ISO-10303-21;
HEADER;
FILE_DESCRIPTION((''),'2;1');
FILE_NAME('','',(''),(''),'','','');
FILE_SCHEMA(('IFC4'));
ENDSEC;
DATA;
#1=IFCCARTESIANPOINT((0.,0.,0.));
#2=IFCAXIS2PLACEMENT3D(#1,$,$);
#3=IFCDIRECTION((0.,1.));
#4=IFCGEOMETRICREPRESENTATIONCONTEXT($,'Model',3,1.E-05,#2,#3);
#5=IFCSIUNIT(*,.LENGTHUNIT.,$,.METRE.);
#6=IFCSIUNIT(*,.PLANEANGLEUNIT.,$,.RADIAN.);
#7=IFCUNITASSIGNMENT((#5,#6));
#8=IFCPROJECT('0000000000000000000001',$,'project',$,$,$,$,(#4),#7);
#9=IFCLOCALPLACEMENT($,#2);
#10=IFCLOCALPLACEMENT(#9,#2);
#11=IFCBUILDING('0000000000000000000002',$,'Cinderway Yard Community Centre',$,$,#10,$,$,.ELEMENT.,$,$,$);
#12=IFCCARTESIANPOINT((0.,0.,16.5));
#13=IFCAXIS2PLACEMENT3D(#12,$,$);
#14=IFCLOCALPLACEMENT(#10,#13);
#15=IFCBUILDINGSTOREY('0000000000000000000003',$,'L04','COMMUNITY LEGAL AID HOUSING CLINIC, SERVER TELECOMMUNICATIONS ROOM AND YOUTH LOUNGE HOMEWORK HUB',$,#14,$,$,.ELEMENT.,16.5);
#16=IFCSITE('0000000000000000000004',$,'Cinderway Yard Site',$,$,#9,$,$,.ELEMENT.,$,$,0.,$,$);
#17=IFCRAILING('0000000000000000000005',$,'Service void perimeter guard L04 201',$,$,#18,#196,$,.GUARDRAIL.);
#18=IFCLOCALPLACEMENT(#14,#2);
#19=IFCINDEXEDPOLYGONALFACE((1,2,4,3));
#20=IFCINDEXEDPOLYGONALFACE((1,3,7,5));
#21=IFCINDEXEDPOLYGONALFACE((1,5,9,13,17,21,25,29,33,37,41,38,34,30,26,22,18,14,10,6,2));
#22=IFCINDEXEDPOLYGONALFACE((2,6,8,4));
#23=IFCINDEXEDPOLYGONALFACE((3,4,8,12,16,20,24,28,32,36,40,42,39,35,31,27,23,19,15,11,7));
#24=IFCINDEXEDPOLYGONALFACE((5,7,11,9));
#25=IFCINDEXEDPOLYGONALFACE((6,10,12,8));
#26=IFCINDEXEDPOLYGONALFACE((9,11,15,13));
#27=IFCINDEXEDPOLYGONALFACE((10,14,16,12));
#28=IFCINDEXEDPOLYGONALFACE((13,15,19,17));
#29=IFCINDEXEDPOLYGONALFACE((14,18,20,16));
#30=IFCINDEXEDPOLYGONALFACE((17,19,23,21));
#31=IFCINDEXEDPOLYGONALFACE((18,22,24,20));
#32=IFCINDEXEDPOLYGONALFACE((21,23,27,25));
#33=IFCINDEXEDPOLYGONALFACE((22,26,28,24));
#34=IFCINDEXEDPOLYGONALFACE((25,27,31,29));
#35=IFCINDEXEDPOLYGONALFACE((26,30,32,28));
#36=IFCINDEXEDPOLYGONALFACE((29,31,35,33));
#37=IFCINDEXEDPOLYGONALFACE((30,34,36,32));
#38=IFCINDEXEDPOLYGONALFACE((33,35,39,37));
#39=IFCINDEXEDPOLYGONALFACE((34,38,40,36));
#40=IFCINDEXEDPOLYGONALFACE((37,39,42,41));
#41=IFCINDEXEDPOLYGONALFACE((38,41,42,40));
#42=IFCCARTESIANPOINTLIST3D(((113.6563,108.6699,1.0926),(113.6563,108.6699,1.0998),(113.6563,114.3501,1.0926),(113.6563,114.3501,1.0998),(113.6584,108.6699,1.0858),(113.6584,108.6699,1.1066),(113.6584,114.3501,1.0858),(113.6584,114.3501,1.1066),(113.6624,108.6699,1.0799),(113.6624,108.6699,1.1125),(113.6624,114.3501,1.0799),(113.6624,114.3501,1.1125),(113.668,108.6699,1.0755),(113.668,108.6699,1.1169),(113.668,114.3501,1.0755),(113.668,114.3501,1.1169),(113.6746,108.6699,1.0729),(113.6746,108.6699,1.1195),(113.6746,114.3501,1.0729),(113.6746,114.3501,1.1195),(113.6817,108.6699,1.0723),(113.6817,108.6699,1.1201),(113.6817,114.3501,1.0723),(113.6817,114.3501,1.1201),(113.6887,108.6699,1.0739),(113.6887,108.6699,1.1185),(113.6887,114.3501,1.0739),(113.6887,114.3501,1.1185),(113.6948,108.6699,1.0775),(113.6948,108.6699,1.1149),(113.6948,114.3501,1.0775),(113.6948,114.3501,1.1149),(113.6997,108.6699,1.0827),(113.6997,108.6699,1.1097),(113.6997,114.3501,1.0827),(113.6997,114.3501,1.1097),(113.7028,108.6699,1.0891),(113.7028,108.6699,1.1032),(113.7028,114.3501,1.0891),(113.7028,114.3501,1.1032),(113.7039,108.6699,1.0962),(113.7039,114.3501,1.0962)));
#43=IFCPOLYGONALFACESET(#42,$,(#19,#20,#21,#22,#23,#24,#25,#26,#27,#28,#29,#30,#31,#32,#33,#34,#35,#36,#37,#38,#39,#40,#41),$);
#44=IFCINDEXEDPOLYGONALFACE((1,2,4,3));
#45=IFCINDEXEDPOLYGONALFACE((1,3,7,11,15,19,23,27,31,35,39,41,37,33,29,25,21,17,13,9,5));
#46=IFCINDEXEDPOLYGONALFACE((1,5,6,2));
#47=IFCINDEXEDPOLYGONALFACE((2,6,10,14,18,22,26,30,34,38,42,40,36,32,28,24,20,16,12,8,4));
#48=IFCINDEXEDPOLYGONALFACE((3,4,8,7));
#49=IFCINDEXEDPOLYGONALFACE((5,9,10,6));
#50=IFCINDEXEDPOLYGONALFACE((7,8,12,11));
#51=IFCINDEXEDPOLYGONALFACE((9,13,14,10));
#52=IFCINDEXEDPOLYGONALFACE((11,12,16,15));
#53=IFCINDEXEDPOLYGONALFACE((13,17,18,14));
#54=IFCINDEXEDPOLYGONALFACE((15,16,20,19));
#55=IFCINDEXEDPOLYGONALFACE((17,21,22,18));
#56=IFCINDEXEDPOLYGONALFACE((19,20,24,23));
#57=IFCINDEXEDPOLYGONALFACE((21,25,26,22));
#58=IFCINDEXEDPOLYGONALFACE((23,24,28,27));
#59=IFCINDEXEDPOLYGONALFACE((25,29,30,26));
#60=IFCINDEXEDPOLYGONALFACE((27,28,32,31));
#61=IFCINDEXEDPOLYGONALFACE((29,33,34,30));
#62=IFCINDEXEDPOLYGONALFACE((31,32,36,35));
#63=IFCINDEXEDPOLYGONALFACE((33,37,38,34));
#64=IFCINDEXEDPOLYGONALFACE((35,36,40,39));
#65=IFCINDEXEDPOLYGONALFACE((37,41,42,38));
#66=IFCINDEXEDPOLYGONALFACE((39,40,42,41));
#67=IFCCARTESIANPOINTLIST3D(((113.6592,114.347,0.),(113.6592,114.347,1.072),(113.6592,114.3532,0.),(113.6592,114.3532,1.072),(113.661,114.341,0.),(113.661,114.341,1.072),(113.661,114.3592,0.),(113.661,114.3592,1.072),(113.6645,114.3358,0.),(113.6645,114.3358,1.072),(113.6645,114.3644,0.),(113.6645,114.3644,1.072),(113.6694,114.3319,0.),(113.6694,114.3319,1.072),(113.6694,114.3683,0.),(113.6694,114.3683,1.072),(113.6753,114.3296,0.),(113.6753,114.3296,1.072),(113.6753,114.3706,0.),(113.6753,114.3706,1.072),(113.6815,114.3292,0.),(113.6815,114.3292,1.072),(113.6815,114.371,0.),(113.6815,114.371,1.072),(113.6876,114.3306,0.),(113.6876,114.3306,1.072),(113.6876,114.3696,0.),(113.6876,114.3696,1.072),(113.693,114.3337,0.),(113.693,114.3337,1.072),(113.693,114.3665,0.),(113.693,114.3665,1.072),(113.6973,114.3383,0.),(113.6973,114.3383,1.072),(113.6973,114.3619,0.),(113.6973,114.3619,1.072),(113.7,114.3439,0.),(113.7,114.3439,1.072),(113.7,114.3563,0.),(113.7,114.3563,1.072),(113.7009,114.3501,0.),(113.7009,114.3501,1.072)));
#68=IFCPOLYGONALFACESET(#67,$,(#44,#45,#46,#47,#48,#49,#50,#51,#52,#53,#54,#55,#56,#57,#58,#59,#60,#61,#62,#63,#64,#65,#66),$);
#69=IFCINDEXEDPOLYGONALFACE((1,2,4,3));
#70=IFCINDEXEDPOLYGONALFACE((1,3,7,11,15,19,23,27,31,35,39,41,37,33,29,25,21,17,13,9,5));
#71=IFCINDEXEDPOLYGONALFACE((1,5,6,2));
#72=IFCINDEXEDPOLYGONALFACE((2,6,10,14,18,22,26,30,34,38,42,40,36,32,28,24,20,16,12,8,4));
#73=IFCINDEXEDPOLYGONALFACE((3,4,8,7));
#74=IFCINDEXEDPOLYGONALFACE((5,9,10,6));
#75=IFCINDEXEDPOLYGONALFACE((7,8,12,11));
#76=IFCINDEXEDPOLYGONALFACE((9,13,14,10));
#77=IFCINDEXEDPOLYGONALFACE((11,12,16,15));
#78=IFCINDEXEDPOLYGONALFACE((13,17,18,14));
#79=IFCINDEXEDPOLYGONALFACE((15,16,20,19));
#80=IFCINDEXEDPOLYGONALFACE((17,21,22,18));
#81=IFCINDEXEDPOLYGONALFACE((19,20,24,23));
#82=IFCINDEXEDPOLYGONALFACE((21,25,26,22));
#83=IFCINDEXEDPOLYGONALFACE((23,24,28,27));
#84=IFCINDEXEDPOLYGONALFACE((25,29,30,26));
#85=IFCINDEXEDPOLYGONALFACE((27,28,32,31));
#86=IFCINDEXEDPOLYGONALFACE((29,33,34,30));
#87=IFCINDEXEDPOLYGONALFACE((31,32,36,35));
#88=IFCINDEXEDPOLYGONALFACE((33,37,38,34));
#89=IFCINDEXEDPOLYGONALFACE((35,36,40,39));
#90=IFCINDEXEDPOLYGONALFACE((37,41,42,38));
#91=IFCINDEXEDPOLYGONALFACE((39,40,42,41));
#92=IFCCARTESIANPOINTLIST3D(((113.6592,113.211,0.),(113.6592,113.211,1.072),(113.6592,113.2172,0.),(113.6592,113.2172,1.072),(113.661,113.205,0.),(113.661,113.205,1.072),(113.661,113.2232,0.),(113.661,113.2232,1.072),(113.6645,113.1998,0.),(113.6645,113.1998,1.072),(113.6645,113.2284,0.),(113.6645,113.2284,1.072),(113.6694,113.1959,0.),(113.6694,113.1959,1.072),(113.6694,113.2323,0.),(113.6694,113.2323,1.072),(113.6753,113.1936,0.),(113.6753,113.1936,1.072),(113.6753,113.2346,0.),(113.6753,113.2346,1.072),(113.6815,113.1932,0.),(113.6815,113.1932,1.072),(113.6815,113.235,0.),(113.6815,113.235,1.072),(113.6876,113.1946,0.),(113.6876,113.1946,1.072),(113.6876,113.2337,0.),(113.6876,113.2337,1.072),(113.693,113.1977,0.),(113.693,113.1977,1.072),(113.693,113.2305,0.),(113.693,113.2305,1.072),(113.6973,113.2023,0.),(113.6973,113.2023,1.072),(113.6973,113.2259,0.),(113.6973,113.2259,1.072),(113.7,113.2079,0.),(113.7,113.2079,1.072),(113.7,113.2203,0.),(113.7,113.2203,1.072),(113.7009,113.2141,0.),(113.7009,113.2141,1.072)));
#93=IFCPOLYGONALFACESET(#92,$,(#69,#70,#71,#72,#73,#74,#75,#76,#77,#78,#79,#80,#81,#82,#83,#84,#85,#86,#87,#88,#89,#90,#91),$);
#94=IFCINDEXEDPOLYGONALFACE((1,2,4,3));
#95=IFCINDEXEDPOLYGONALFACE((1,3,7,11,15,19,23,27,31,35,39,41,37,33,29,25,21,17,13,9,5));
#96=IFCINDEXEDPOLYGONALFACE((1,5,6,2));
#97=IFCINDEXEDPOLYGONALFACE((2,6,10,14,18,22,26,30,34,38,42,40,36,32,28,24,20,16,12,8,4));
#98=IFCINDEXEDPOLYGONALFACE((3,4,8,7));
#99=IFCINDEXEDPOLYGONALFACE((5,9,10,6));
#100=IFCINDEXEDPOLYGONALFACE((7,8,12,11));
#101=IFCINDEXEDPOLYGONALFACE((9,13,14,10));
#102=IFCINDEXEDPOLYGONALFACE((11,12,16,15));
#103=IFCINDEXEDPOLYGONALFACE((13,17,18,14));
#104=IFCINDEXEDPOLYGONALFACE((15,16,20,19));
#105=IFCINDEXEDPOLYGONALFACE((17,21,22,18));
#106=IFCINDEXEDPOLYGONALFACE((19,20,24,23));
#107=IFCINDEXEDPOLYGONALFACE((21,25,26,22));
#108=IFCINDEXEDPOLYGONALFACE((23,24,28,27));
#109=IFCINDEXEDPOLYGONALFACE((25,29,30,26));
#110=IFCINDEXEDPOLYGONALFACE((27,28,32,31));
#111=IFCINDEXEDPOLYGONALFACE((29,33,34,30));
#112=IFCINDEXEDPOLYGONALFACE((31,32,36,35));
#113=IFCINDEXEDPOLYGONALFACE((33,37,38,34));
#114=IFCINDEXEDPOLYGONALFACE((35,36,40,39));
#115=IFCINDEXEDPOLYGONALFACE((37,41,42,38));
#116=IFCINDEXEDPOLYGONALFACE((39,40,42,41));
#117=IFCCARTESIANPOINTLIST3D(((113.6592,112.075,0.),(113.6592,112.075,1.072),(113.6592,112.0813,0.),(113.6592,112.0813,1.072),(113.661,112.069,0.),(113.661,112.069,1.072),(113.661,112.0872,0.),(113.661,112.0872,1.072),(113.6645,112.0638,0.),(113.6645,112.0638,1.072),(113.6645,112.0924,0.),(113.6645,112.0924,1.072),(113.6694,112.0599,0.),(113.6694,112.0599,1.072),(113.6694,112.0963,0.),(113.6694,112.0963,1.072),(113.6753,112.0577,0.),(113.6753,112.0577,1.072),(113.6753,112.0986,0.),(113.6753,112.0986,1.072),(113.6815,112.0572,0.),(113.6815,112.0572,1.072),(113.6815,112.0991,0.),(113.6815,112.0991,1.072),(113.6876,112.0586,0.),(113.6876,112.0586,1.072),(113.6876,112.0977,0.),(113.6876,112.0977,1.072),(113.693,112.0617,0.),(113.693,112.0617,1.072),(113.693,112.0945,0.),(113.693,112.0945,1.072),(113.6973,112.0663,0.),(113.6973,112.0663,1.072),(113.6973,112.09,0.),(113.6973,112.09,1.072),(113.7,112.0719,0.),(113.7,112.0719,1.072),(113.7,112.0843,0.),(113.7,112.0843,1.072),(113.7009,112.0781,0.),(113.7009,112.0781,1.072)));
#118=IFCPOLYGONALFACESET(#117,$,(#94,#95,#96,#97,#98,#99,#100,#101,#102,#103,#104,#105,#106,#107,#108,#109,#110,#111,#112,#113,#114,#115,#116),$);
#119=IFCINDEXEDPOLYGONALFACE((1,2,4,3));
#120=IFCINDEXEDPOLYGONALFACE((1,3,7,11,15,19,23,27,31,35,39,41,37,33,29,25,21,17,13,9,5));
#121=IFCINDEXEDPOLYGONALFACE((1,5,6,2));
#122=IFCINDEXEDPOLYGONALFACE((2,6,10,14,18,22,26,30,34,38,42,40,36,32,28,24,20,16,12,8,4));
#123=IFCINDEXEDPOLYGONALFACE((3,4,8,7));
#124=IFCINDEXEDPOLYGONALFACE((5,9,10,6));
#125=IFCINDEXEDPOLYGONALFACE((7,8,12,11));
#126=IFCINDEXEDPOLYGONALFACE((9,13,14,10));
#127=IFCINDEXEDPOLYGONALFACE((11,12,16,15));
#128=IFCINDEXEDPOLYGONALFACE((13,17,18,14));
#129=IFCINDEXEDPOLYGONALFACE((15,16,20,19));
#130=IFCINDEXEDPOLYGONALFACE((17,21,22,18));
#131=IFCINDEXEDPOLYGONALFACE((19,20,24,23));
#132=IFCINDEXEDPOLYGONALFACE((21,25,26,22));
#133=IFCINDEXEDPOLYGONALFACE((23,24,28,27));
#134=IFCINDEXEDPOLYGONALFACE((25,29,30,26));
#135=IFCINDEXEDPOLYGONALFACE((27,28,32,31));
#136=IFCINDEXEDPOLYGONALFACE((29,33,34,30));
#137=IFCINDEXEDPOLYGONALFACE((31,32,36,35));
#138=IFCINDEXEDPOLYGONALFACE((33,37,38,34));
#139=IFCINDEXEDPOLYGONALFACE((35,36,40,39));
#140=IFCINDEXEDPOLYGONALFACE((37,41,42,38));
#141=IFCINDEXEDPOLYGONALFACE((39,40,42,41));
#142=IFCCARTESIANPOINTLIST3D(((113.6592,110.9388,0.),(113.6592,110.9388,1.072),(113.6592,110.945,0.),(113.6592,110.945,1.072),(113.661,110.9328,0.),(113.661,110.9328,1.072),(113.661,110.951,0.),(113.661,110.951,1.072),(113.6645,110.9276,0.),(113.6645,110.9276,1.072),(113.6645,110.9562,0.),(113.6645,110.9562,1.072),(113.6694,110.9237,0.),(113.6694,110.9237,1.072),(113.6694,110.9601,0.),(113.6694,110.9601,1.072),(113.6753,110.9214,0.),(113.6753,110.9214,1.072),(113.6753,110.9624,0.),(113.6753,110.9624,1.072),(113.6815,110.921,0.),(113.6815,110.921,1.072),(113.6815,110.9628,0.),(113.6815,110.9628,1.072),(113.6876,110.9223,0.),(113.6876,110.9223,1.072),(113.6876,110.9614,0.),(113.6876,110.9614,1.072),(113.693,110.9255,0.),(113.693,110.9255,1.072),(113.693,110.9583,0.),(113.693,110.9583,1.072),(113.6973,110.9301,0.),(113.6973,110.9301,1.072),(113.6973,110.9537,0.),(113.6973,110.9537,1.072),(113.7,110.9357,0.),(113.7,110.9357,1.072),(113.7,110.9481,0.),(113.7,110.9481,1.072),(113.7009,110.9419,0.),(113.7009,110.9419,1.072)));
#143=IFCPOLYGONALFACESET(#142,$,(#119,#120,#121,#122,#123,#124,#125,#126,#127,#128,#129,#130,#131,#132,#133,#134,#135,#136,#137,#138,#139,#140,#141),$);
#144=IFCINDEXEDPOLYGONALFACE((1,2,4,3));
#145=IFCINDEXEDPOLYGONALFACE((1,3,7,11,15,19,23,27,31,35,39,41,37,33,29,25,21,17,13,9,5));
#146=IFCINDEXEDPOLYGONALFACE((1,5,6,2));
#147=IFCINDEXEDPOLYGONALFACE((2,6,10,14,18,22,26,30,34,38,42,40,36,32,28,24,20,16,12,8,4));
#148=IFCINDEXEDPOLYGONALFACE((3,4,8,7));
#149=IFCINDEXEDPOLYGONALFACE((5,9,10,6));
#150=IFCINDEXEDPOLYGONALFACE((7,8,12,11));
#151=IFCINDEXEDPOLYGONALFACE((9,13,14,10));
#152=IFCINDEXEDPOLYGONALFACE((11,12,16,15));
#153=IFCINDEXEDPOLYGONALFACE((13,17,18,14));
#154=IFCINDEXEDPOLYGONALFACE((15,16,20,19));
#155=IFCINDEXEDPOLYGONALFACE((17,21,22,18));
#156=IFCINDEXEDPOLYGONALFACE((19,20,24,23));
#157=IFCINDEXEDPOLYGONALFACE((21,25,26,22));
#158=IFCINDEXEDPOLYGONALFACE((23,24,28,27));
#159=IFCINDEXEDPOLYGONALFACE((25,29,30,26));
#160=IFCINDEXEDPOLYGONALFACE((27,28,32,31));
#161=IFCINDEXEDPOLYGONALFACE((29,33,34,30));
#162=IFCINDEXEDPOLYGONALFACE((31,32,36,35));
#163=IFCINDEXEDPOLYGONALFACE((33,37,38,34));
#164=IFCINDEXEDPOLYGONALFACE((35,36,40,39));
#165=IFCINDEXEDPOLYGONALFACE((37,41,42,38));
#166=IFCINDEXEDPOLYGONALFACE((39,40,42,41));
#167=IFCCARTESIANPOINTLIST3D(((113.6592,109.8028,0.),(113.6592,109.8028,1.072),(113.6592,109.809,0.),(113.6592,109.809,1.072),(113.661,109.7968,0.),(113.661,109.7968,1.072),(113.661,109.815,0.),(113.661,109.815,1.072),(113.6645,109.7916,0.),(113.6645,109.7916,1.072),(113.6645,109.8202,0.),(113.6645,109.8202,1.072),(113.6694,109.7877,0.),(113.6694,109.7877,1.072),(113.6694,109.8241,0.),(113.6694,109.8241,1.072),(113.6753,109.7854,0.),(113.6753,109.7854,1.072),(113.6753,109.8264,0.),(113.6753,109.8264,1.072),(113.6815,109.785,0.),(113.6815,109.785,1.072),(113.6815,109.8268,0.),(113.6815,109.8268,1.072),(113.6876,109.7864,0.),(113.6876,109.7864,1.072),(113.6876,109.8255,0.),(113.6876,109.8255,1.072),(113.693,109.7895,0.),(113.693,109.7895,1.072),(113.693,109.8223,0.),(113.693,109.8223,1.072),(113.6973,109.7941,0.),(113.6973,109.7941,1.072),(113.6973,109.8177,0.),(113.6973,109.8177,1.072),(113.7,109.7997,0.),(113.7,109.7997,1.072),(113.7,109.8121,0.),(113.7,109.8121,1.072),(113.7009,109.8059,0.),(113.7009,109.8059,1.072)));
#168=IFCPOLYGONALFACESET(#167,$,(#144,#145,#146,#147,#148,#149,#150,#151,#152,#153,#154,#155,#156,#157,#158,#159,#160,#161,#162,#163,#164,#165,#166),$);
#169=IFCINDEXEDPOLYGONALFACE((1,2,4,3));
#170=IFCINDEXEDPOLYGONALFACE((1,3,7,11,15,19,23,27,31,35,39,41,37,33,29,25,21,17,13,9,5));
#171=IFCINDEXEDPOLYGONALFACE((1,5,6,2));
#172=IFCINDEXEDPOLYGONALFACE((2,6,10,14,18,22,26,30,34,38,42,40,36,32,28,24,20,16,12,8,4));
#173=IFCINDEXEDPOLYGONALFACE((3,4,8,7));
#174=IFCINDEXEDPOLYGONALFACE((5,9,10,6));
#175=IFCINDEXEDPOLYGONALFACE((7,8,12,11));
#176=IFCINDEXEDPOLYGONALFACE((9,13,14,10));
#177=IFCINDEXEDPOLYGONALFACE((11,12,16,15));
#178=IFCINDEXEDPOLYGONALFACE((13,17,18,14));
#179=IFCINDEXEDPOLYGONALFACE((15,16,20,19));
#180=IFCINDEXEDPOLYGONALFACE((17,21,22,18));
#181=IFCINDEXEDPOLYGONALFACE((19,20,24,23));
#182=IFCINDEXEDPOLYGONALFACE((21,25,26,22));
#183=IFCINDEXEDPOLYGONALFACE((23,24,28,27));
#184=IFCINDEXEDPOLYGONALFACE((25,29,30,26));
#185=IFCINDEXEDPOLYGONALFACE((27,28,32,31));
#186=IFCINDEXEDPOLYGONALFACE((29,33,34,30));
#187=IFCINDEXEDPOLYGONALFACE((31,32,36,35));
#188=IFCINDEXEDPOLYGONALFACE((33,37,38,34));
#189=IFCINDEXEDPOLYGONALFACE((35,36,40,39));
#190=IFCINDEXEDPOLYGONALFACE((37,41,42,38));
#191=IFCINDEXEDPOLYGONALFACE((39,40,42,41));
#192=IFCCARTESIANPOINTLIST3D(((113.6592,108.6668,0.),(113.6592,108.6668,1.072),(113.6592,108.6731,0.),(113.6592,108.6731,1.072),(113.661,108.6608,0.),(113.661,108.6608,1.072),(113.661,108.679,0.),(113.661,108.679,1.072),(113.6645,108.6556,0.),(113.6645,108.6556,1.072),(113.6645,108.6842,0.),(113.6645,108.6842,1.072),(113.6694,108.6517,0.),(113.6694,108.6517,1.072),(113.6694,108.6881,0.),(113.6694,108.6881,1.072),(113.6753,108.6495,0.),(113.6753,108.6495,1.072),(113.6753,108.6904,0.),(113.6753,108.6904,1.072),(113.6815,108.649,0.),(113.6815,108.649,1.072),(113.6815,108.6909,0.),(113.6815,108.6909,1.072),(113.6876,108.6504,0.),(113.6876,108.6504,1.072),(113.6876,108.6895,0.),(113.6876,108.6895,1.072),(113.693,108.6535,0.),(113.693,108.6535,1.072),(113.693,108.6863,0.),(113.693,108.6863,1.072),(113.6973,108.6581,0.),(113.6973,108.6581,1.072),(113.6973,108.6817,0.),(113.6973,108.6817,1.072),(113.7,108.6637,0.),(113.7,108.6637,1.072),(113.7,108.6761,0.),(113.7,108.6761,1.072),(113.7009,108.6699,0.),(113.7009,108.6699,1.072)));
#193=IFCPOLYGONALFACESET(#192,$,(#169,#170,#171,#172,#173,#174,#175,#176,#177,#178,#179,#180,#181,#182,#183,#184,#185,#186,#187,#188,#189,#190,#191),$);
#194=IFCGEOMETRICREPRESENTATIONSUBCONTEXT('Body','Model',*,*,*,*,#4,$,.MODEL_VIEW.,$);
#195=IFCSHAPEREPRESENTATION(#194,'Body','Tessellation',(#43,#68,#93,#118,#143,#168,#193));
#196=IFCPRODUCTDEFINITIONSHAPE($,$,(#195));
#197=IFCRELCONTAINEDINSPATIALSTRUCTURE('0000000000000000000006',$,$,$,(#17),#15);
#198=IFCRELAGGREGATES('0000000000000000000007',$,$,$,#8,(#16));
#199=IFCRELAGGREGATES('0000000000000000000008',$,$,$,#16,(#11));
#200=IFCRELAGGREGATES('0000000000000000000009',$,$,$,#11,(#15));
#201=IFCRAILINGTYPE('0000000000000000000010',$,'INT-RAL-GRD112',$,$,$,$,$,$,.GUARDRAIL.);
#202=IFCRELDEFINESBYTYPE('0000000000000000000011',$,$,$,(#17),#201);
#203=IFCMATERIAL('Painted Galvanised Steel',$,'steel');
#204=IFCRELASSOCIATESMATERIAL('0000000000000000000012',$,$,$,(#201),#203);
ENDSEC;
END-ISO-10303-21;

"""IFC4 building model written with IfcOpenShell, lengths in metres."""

from ifc_helpers import new_model, si_unit, direction, frame, origin, origin_2d, place, context, subcontext, project, spatial, circle, extrude, material, type_object, element, save


model = new_model("IFC4")

# Units and contexts
model_context = context("Model", 3, precision=1e-05, world=origin(), true_north=direction((0.0, 1.0)))
body_context = subcontext(model_context, "Body", "Model", "MODEL_VIEW")
ifc_project = project(units=[si_unit("LENGTHUNIT", "METRE"), si_unit("PLANEANGLEUNIT", "RADIAN")], contexts=[model_context])

# Site, building, storey
site_placement = place(None, origin())
site = spatial("IfcSite", under=ifc_project, at=site_placement, Name="Cinderway Yard Site", CompositionType="ELEMENT", RefElevation=0.0)
building_placement = place(site_placement, origin())
building = spatial("IfcBuilding", under=site, at=building_placement, Name="Cinderway Yard Community Centre", CompositionType="ELEMENT")
storey_placement = place(building_placement, frame((0.0, 0.0, 16.5)))
storey = spatial("IfcBuildingStorey", under=building, at=storey_placement, Name="L04", Description="COMMUNITY LEGAL AID HOUSING CLINIC, SERVER TELECOMMUNICATIONS ROOM AND YOUTH LOUNGE HOMEWORK HUB", CompositionType="ELEMENT", Elevation=16.5)

# Railing
ifc_material_1 = material(Name="Painted Galvanised Steel", Category="steel")
railing_type_1 = type_object("IfcRailingType", Name="INT-RAL-GRD112", PredefinedType="GUARDRAIL", material=ifc_material_1)
railing_1_placement = place(storey_placement, frame((113.6799, 114.3501, 0.0)))
element("IfcRailing", 1, at=railing_1_placement, inside=storey, type_object=railing_type_1, Name="Service void perimeter guard L04 201", PredefinedType="GUARDRAIL", context=body_context, shape_type="SweptSolid", body=[
    extrude(circle(Radius=0.0239, at=origin_2d()), frame((0.0, 0.0, 1.0962), z_axis=(0.0, -1.0, 0.0), x_axis=(1.0, 0.0, 0.0)), (0.0, 0.0, 1.0), 5.6802),
    extrude(circle(Radius=0.021, at=origin_2d()), origin(), (0.0, 0.0, 1.0), 1.072),
    extrude(circle(Radius=0.021, at=origin_2d()), frame((0.0, -1.136, 0.0)), (0.0, 0.0, 1.0), 1.072),
    extrude(circle(Radius=0.021, at=origin_2d()), frame((0.0, -2.272, 0.0)), (0.0, 0.0, 1.0), 1.072),
    extrude(circle(Radius=0.021, at=origin_2d()), frame((0.0, -3.4082, 0.0)), (0.0, 0.0, 1.0), 1.072),
    extrude(circle(Radius=0.021, at=origin_2d()), frame((0.0, -4.5442, 0.0)), (0.0, 0.0, 1.0), 1.072),
    extrude(circle(Radius=0.021, at=origin_2d()), frame((0.0, -5.6802, 0.0)), (0.0, 0.0, 1.0), 1.072),
])

save(model, "model.ifc")
